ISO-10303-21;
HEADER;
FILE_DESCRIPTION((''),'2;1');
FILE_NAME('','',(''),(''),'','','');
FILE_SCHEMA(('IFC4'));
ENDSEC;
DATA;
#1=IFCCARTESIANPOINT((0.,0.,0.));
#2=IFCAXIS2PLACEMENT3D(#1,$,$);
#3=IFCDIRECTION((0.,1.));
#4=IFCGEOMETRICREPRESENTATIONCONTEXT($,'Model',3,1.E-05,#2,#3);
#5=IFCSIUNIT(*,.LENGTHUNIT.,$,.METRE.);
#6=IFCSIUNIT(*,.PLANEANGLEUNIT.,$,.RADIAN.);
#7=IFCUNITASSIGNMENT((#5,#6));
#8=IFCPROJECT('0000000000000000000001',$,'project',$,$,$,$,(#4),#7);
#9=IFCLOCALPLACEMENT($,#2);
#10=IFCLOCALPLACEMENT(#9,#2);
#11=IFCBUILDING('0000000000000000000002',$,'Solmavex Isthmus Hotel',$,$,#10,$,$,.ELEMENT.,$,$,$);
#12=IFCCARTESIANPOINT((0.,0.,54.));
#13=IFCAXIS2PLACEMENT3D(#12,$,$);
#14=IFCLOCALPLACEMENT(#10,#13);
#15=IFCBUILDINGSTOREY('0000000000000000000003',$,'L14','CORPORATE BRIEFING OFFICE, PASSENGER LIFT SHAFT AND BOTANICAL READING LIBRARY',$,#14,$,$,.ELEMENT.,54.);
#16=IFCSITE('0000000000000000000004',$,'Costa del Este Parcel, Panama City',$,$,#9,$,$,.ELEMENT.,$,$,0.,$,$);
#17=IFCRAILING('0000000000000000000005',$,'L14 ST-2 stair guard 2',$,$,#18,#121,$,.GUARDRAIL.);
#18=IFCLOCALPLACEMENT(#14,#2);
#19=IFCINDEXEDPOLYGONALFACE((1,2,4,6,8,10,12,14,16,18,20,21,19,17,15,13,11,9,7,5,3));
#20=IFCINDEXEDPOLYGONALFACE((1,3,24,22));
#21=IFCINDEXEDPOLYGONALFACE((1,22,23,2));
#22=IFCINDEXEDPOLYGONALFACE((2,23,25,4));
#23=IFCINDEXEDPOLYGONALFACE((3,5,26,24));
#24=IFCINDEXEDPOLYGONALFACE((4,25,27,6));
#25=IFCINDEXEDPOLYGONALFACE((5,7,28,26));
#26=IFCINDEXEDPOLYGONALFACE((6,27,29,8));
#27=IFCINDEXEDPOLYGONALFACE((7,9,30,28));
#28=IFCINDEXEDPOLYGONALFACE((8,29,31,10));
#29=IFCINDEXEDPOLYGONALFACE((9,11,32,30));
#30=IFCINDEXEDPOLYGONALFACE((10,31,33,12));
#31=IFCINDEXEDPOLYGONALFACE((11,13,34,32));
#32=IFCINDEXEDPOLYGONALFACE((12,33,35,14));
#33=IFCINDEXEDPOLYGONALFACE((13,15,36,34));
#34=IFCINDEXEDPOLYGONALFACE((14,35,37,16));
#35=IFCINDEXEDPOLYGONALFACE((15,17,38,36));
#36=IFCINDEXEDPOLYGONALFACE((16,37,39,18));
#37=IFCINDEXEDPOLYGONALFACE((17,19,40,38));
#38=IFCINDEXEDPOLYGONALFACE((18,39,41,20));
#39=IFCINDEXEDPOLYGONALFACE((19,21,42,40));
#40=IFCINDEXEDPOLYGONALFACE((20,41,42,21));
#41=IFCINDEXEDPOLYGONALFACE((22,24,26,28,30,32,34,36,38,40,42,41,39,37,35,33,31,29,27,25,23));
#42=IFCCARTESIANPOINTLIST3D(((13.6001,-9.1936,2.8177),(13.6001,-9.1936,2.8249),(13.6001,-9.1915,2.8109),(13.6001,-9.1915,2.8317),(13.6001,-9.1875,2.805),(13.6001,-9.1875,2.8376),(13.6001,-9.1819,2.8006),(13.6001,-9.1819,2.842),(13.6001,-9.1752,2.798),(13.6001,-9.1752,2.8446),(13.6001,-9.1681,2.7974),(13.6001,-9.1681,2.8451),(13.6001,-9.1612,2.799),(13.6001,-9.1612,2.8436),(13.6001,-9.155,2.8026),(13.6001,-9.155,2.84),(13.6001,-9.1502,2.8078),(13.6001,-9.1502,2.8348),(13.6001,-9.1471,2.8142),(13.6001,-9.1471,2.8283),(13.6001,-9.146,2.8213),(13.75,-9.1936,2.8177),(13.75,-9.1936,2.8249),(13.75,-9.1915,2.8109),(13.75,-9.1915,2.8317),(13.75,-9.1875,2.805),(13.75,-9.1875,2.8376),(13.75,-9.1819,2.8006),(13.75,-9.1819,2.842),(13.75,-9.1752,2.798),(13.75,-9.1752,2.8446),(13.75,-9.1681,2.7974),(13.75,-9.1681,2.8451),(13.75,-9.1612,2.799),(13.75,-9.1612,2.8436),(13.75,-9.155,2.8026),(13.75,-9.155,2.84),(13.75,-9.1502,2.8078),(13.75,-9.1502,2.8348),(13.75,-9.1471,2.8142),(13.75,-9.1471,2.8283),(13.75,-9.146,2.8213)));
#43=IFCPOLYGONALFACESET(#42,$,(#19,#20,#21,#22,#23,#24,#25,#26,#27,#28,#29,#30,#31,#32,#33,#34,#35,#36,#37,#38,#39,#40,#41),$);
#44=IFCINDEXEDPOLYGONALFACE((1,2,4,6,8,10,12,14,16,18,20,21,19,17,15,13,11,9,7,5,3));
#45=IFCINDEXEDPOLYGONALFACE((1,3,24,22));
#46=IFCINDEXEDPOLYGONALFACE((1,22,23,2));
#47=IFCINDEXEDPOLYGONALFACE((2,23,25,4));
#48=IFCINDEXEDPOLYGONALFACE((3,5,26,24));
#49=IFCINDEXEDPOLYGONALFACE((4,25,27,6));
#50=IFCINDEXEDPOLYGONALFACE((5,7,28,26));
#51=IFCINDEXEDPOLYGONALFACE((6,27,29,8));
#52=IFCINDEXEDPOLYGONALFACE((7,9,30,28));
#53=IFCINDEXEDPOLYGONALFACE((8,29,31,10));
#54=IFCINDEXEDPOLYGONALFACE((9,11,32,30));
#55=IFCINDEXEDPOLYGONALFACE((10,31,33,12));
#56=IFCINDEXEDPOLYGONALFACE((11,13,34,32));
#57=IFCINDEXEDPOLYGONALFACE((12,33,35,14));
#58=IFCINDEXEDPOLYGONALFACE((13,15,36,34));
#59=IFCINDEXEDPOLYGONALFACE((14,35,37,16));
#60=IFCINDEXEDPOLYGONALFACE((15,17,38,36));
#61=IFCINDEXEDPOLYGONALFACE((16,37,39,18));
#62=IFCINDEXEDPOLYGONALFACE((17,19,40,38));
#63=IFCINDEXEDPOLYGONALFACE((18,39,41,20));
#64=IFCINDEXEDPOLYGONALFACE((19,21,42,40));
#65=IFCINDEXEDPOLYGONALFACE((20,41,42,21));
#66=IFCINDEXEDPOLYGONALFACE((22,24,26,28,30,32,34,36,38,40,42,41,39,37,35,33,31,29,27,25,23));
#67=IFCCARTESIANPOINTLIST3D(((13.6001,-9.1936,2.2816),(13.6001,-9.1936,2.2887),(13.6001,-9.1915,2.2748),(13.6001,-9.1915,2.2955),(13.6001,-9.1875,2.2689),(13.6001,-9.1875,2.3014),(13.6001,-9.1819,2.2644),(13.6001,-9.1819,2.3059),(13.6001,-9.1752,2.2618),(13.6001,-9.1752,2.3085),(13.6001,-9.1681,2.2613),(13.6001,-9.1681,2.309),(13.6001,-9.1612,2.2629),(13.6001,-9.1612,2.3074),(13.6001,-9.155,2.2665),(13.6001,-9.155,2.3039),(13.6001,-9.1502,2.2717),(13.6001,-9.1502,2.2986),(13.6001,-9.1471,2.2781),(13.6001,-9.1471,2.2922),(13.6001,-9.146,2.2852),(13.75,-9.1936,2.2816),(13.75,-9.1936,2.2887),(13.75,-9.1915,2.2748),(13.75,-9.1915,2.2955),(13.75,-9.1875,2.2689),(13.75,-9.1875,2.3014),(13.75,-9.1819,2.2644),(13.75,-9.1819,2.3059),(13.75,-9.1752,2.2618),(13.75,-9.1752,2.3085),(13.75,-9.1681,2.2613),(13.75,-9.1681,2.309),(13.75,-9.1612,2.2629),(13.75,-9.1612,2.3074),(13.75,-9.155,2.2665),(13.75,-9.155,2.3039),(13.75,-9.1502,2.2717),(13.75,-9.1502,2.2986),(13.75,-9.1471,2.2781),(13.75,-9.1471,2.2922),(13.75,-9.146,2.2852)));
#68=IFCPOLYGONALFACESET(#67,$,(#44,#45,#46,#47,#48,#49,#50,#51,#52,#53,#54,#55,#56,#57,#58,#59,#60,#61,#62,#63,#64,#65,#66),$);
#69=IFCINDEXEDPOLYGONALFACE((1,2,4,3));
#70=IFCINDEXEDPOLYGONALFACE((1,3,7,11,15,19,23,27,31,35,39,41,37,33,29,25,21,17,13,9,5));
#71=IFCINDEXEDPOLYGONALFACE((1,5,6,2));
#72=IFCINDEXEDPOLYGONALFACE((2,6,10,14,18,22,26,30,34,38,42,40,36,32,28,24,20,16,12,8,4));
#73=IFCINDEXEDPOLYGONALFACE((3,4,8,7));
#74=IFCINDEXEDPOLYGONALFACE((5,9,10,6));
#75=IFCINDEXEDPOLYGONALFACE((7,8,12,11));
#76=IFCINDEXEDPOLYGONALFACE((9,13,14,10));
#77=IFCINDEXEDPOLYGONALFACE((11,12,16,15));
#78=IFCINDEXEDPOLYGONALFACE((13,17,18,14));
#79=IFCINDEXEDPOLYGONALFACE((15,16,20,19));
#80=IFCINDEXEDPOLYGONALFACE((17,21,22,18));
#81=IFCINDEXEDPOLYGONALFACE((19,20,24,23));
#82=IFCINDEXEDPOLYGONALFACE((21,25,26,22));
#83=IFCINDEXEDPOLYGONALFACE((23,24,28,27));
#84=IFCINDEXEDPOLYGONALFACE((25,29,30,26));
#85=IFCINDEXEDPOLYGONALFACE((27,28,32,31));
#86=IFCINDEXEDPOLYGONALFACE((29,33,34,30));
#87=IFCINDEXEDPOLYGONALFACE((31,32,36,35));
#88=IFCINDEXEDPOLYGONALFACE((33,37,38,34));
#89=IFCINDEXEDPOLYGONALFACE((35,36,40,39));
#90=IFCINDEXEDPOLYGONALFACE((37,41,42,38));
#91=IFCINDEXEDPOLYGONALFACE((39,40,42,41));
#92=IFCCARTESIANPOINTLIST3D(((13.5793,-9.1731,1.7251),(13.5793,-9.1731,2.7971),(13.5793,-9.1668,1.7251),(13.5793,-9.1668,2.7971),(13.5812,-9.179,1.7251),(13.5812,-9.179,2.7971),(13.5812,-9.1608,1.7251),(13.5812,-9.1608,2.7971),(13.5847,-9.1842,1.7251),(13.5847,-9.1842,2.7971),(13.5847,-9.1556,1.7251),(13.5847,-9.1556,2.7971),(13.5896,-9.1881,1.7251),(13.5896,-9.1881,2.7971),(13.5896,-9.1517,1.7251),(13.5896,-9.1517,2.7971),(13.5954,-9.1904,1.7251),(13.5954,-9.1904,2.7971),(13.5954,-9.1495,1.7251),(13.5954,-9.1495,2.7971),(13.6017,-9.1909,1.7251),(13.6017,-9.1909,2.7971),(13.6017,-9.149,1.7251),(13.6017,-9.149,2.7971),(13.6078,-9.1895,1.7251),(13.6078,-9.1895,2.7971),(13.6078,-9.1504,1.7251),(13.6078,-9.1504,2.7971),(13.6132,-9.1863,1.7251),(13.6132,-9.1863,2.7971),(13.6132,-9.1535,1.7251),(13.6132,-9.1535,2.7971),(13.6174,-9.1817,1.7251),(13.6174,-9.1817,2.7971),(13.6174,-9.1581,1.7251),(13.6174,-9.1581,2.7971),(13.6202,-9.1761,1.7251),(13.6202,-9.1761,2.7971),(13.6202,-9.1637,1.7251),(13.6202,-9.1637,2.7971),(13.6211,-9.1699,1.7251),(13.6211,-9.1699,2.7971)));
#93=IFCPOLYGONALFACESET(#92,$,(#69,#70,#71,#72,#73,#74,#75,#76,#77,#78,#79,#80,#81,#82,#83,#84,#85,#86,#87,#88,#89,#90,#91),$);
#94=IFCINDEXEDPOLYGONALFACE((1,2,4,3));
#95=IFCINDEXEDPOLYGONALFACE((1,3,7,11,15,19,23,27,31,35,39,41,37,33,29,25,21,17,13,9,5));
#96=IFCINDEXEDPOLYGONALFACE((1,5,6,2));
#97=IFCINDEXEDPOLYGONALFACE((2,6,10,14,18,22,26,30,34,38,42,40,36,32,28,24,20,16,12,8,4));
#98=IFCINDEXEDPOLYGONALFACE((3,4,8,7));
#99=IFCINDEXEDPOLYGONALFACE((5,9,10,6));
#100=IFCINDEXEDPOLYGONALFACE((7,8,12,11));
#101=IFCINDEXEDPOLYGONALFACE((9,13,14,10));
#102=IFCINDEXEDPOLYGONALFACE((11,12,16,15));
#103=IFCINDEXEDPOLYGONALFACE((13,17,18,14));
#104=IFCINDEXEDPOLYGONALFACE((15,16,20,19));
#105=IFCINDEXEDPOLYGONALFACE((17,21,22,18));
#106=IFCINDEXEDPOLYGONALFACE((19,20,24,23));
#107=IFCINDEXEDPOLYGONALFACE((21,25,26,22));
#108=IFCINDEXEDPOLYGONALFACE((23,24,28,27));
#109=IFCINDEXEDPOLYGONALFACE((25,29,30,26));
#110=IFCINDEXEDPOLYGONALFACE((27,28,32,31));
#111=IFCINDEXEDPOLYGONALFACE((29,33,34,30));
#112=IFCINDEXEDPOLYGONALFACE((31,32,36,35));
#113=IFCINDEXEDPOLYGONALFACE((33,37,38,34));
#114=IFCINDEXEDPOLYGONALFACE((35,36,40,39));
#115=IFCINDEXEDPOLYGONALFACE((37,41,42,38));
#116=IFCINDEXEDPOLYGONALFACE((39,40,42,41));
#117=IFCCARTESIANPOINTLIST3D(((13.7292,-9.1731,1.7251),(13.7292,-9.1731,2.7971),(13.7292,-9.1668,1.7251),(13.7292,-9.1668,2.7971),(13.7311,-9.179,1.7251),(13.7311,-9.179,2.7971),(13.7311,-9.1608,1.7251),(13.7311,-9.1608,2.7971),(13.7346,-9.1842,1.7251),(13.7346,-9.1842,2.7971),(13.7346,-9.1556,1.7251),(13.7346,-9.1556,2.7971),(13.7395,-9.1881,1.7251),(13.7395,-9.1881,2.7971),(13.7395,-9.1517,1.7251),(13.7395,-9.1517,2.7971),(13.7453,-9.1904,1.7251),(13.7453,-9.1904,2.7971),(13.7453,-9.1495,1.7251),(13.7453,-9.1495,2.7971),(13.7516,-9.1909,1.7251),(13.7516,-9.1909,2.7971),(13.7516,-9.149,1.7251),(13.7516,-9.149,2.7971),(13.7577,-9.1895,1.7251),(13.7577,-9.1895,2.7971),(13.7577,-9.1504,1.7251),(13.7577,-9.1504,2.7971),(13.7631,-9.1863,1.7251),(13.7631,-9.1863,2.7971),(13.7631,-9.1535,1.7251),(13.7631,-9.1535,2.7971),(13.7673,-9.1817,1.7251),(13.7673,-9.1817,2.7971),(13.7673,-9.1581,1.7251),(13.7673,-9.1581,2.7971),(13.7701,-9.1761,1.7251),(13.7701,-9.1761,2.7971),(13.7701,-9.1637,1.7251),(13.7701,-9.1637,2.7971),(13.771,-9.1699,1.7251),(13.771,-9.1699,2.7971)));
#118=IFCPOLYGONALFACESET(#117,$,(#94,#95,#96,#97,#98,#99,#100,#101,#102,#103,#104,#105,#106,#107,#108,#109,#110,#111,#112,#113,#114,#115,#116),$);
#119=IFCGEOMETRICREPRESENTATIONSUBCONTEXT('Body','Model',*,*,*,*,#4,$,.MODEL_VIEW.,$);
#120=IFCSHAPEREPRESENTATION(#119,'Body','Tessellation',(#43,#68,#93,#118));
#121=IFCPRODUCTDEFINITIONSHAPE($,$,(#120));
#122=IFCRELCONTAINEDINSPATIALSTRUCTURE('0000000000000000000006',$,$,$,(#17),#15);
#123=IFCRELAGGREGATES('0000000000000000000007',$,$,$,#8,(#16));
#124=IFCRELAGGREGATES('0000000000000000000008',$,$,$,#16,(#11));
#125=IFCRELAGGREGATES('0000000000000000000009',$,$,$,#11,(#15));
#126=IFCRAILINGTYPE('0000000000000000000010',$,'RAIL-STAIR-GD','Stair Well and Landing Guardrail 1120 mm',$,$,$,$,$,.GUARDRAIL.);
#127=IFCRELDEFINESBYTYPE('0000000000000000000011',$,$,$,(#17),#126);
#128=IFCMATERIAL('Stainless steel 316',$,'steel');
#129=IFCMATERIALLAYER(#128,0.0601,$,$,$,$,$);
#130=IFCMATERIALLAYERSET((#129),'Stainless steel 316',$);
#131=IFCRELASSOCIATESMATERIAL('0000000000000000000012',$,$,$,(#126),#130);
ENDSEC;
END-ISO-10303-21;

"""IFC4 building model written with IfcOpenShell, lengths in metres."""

from ifc_helpers import new_model, si_unit, direction, frame, origin, origin_2d, place, context, subcontext, project, spatial, circle, extrude, material, layer, layer_set, type_object, element, save


model = new_model("IFC4")

# Units and contexts
model_context = context("Model", 3, precision=1e-05, world=origin(), true_north=direction((0.0, 1.0)))
body_context = subcontext(model_context, "Body", "Model", "MODEL_VIEW")
ifc_project = project(units=[si_unit("LENGTHUNIT", "METRE"), si_unit("PLANEANGLEUNIT", "RADIAN")], contexts=[model_context])

# Site, building, storey
site_placement = place(None, origin())
site = spatial("IfcSite", under=ifc_project, at=site_placement, Name="Costa del Este Parcel, Panama City", CompositionType="ELEMENT", RefElevation=0.0)
building_placement = place(site_placement, origin())
building = spatial("IfcBuilding", under=site, at=building_placement, Name="Solmavex Isthmus Hotel", CompositionType="ELEMENT")
storey_placement = place(building_placement, frame((0.0, 0.0, 54.0)))
storey = spatial("IfcBuildingStorey", under=building, at=storey_placement, Name="L14", Description="CORPORATE BRIEFING OFFICE, PASSENGER LIFT SHAFT AND BOTANICAL READING LIBRARY", CompositionType="ELEMENT", Elevation=54.0)

# Railing
ifc_material_1 = material(Name="Stainless steel 316", Category="steel")
ifc_layer_1 = layer(ifc_material_1, 0.0601)
ifc_layer_set_1 = layer_set([ifc_layer_1], Name="Stainless steel 316")
railing_type_1 = type_object("IfcRailingType", Name="RAIL-STAIR-GD", Description="Stair Well and Landing Guardrail 1120 mm", PredefinedType="GUARDRAIL", material=ifc_layer_set_1)
railing_1_placement = place(storey_placement, frame((13.6001, -9.1699, 1.7251)))
element("IfcRailing", 1, at=railing_1_placement, inside=storey, type_object=railing_type_1, Name="L14 ST-2 stair guard 2", PredefinedType="GUARDRAIL", context=body_context, shape_type="SweptSolid", body=[
    extrude(circle(Radius=0.0239, at=origin_2d()), frame((0.0, 0.0, 1.0962), z_axis=(1.0, 0.0, 0.0), x_axis=(0.0, 1.0, 0.0)), (0.0, 0.0, 1.0), 0.1499),
    extrude(circle(Radius=0.0239, at=origin_2d()), frame((0.0, 0.0, 0.5601), z_axis=(1.0, 0.0, 0.0), x_axis=(0.0, 1.0, 0.0)), (0.0, 0.0, 1.0), 0.1499),
    extrude(circle(Radius=0.021, at=origin_2d()), origin(), (0.0, 0.0, 1.0), 1.072),
    extrude(circle(Radius=0.021, at=origin_2d()), frame((0.1499, 0.0, 0.0)), (0.0, 0.0, 1.0), 1.072),
])

save(model, "model.ifc")
